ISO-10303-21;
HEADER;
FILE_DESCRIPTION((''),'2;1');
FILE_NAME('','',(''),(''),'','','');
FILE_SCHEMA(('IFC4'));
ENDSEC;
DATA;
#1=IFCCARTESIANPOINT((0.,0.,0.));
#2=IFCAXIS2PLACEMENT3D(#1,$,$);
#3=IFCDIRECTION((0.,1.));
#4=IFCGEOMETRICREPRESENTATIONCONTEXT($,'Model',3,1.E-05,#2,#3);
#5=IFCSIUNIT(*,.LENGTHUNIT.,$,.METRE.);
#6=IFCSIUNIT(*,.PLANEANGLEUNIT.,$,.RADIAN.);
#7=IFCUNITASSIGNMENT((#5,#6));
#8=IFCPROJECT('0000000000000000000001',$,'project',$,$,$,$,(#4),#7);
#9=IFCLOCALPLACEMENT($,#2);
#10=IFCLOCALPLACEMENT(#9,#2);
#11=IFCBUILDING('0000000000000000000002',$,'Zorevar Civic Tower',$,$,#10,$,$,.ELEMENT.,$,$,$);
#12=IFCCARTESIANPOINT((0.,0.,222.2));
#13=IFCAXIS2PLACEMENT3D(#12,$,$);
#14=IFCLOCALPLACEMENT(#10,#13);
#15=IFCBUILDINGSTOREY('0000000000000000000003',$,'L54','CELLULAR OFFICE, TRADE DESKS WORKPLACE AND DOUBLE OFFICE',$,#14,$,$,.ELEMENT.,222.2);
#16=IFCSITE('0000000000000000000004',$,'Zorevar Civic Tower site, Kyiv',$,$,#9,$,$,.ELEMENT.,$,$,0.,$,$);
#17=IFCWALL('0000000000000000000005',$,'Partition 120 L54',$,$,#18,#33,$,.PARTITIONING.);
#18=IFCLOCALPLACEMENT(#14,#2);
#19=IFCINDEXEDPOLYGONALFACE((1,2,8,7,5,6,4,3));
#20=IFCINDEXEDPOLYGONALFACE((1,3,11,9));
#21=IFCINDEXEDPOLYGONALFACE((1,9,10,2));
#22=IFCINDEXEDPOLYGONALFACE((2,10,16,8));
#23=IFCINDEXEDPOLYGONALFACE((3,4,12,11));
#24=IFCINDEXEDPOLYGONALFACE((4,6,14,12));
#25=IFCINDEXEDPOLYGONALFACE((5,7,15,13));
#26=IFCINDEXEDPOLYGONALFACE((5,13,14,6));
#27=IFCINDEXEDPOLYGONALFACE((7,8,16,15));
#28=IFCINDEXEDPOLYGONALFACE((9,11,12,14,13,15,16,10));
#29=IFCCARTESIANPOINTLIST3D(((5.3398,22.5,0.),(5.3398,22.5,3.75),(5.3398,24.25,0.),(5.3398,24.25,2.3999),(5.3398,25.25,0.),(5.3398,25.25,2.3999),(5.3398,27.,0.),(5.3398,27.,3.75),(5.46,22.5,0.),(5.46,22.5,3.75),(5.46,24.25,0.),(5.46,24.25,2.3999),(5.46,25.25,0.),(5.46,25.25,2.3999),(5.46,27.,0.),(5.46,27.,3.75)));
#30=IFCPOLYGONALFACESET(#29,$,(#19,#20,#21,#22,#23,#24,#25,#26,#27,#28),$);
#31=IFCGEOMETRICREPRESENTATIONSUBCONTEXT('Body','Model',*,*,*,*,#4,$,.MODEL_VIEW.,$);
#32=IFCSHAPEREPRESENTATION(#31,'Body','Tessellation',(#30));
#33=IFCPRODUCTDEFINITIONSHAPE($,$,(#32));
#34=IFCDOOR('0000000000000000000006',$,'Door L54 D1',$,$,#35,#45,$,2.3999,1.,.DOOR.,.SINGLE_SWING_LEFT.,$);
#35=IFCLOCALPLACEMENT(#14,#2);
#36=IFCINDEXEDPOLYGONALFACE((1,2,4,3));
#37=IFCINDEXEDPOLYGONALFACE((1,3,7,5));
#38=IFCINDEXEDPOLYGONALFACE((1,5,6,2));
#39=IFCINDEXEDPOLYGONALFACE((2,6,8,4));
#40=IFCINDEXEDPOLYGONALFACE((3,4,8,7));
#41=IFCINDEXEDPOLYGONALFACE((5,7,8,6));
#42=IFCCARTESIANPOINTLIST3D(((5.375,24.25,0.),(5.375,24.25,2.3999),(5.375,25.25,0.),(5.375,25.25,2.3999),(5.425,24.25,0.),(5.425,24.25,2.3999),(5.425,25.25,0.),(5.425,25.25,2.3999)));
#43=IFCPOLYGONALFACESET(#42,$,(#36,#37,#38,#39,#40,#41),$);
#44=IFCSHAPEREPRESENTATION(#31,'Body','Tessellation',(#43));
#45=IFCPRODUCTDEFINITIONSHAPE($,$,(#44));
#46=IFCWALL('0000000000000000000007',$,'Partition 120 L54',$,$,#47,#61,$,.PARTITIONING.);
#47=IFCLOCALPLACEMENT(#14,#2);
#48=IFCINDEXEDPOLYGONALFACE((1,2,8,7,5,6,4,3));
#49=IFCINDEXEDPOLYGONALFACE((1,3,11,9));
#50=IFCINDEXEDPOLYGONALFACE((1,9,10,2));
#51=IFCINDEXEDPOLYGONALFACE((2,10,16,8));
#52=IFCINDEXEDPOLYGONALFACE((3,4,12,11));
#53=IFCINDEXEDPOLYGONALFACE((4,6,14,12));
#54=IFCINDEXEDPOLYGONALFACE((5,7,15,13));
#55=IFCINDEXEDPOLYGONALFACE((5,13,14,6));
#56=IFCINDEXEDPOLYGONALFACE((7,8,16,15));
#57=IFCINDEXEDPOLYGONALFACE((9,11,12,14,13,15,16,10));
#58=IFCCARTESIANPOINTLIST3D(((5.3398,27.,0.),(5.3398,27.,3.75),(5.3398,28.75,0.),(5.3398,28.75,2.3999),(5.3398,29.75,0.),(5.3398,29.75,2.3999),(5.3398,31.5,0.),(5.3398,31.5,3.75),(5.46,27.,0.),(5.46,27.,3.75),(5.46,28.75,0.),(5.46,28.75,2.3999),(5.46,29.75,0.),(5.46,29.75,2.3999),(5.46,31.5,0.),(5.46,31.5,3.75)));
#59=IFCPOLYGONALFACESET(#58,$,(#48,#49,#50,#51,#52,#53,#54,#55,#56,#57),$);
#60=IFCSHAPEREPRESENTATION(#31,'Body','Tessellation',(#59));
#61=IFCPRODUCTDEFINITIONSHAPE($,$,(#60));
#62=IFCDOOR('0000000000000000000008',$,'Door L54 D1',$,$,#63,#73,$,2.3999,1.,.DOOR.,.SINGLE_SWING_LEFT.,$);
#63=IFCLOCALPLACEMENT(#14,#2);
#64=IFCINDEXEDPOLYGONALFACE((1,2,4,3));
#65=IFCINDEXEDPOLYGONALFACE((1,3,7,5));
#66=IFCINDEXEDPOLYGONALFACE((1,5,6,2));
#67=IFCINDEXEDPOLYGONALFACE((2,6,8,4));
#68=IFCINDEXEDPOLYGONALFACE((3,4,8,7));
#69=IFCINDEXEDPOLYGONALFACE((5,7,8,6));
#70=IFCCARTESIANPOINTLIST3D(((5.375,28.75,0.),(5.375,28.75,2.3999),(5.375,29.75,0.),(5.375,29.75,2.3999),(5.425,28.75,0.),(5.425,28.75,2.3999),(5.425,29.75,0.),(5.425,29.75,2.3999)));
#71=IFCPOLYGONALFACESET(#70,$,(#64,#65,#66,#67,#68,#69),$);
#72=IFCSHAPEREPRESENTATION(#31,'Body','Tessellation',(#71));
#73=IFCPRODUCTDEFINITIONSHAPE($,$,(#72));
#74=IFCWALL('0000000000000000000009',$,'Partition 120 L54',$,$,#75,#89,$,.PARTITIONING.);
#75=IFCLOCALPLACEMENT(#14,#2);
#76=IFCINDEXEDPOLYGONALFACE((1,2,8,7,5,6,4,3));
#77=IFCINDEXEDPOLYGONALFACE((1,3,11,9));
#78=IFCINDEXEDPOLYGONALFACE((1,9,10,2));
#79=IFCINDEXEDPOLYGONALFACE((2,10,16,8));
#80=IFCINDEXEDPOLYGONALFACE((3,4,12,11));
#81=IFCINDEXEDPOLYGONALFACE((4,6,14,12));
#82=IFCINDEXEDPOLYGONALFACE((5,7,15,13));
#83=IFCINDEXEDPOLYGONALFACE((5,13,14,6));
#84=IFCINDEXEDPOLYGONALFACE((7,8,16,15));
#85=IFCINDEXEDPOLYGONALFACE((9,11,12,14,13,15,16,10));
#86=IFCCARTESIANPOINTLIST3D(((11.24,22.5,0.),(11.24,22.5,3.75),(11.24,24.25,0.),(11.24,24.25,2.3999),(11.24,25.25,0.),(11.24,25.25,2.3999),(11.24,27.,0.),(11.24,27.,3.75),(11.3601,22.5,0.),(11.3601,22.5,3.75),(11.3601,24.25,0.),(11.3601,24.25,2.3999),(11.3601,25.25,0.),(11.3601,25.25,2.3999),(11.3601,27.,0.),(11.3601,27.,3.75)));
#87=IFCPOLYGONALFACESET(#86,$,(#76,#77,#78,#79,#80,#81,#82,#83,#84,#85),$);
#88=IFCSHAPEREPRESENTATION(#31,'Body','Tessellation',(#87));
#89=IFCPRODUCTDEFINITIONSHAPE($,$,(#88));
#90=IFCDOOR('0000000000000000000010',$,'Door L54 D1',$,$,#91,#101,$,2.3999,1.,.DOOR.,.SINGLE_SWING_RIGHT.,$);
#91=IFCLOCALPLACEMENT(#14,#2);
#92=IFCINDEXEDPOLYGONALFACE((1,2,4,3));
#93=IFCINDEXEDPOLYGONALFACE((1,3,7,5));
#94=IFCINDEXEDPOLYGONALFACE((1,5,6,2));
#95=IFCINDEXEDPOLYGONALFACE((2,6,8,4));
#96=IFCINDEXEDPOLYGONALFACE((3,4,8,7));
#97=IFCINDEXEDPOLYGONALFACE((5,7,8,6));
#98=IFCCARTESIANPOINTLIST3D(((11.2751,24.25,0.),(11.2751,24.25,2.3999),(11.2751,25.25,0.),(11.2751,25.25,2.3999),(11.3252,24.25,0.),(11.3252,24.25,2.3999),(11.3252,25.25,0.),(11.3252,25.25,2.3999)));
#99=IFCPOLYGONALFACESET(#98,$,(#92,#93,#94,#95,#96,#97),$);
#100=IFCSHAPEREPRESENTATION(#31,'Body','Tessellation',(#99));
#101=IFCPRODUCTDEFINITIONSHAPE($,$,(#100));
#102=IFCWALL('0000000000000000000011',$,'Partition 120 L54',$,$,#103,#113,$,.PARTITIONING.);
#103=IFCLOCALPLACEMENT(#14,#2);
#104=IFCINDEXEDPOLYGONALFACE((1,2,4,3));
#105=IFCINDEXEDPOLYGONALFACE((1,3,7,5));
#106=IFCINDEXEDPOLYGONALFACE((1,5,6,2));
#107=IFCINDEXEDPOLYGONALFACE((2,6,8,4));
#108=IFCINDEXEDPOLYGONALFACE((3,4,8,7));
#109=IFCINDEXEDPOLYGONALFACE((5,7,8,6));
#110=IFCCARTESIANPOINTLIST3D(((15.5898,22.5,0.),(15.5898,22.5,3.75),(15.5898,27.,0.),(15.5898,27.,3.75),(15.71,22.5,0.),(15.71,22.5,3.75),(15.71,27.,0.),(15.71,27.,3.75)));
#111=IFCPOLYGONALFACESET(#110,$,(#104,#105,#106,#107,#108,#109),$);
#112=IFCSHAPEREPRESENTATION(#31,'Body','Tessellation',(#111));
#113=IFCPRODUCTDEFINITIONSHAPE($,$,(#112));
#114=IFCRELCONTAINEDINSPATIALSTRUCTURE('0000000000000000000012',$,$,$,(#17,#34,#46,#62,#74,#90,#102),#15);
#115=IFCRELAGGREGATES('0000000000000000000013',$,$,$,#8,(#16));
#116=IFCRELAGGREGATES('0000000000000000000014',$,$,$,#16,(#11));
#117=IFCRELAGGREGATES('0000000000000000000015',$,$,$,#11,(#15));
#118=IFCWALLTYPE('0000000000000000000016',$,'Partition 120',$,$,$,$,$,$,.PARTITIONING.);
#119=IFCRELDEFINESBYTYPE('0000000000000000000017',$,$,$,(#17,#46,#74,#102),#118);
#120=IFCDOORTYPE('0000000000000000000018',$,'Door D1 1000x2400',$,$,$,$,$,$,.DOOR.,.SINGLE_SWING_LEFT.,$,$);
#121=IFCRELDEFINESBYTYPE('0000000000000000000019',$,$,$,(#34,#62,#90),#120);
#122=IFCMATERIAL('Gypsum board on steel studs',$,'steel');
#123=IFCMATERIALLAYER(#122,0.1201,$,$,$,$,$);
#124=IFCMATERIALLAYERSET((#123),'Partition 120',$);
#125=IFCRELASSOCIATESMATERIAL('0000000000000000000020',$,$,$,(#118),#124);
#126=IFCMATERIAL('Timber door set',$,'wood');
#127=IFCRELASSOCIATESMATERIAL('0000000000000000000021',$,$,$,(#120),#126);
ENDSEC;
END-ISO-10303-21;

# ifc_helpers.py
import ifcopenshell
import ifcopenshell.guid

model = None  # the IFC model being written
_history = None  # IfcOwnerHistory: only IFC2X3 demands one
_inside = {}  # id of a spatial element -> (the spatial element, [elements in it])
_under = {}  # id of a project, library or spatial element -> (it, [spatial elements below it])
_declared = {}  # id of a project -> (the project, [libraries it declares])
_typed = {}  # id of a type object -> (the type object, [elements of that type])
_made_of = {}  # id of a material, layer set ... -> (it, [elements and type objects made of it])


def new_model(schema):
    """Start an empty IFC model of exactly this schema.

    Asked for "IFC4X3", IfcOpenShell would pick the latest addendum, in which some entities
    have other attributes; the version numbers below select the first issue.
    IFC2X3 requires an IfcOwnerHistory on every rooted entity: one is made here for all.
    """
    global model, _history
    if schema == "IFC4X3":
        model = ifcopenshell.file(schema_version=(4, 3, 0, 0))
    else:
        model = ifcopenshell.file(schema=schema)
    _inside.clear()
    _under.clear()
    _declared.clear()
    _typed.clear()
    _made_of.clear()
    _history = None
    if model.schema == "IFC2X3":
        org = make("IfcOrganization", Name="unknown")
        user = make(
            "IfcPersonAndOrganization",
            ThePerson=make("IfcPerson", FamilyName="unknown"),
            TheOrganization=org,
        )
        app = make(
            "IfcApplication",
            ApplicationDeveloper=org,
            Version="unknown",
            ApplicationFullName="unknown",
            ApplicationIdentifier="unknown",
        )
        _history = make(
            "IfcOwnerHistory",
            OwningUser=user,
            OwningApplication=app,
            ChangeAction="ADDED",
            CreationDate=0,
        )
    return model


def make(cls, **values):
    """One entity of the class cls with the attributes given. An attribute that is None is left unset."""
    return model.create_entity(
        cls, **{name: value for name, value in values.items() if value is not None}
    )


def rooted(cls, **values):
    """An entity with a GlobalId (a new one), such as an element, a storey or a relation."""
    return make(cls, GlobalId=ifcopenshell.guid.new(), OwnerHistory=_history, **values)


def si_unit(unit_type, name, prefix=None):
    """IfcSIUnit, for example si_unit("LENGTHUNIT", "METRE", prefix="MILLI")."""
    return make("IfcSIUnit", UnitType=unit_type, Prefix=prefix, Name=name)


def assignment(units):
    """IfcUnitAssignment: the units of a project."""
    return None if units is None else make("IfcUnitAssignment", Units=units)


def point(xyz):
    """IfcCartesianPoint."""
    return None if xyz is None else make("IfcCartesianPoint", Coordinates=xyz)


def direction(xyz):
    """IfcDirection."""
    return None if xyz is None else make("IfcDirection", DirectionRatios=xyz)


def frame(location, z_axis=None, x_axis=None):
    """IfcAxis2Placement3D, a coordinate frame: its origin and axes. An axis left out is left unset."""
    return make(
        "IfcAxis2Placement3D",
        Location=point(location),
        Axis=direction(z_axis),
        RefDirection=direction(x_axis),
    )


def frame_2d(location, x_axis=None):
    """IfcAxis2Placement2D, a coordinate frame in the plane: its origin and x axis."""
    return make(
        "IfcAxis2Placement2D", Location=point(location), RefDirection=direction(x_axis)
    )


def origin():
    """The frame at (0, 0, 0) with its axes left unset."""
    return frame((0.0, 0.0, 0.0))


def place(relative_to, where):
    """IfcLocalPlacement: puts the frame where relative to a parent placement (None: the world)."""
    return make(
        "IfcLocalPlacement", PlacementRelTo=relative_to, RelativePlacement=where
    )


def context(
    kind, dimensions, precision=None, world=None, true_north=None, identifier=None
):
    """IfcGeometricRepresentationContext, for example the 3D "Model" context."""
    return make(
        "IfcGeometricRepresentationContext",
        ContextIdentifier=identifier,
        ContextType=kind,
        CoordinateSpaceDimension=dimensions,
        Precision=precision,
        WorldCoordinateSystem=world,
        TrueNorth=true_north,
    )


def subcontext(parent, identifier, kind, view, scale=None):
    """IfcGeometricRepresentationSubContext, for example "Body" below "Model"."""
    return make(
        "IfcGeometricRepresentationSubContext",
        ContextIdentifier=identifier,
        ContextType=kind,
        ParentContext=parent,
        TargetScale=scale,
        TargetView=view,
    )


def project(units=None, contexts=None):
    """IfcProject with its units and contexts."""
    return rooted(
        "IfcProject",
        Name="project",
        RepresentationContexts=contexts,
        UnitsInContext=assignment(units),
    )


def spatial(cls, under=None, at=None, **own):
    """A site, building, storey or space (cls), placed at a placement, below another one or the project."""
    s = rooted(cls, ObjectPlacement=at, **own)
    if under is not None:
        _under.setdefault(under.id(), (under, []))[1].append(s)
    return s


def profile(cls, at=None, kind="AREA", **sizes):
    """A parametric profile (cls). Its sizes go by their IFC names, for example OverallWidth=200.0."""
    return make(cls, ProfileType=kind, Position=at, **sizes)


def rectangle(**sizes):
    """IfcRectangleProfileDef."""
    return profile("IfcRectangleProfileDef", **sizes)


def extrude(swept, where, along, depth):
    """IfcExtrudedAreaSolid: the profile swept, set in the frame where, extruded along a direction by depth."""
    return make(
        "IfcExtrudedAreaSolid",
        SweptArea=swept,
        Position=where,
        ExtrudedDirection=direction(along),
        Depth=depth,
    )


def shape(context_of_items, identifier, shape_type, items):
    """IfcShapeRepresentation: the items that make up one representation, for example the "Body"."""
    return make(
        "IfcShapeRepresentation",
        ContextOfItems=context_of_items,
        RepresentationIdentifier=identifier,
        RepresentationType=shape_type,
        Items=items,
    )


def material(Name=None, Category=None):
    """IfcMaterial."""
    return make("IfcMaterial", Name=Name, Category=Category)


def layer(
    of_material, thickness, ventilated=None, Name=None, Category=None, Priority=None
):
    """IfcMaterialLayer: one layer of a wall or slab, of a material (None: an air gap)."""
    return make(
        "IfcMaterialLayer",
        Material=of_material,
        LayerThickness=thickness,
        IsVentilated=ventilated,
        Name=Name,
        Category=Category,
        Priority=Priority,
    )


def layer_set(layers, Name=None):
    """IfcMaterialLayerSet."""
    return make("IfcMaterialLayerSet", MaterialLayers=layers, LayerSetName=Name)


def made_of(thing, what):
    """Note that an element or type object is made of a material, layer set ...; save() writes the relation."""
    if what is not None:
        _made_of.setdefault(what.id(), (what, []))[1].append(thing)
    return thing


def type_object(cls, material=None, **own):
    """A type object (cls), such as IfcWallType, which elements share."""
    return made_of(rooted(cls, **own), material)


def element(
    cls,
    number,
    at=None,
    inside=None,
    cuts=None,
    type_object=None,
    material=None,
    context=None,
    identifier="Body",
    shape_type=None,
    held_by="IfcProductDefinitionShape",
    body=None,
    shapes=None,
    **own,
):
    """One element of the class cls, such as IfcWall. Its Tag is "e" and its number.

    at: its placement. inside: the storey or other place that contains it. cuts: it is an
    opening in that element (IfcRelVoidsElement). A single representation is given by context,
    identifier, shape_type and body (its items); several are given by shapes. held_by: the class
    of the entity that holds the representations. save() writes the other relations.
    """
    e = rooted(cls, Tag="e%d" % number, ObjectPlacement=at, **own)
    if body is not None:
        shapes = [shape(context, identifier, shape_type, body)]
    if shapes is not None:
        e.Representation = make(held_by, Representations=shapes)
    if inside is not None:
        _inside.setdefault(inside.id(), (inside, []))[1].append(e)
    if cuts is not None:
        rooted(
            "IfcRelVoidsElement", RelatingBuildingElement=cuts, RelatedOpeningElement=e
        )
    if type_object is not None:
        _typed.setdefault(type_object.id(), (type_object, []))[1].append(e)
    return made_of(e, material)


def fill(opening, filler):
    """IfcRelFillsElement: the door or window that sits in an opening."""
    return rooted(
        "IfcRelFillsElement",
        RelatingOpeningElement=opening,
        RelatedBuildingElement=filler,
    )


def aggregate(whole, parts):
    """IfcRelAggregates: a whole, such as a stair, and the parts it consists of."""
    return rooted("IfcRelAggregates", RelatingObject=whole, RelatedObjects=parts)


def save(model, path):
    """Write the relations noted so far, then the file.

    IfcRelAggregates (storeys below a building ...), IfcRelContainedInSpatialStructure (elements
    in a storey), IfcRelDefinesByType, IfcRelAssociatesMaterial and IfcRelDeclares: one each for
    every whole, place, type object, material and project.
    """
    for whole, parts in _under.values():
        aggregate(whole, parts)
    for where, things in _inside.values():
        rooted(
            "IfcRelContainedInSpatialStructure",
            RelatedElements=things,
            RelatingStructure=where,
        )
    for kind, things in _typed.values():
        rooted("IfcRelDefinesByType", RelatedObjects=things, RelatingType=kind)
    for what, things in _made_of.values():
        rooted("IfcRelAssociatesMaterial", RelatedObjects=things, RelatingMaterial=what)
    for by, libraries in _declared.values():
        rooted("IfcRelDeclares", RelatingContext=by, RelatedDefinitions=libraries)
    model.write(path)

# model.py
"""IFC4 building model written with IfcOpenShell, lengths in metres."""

from ifc_helpers import new_model, si_unit, direction, frame, frame_2d, origin, place, context, subcontext, project, spatial, rectangle, extrude, material, layer, layer_set, type_object, element, fill, save


model = new_model("IFC4")

# Units and contexts
model_context = context("Model", 3, precision=1e-05, world=origin(), true_north=direction((0.0, 1.0)))
body_context = subcontext(model_context, "Body", "Model", "MODEL_VIEW")
ifc_project = project(units=[si_unit("LENGTHUNIT", "METRE"), si_unit("PLANEANGLEUNIT", "RADIAN")], contexts=[model_context])

# Site, building, storey
site_placement = place(None, origin())
site = spatial("IfcSite", under=ifc_project, at=site_placement, Name="Zorevar Civic Tower site, Kyiv", CompositionType="ELEMENT", RefElevation=0.0)
building_placement = place(site_placement, origin())
building = spatial("IfcBuilding", under=site, at=building_placement, Name="Zorevar Civic Tower", CompositionType="ELEMENT")
storey_placement = place(building_placement, frame((0.0, 0.0, 222.2)))
storey = spatial("IfcBuildingStorey", under=building, at=storey_placement, Name="L54", Description="CELLULAR OFFICE, TRADE DESKS WORKPLACE AND DOUBLE OFFICE", CompositionType="ELEMENT", Elevation=222.2)

# Shared definitions
ifc_material_1 = material(Name="Gypsum board on steel studs", Category="steel")
ifc_layer_1 = layer(ifc_material_1, 0.1201)
ifc_layer_set_1 = layer_set([ifc_layer_1], Name="Partition 120")
wall_type_1 = type_object("IfcWallType", Name="Partition 120", PredefinedType="PARTITIONING", material=ifc_layer_set_1)

# Walls, openings, doors
wall_1_placement = place(storey_placement, frame((5.3999, 22.5, 0.0), z_axis=(0.0, 0.0, 1.0), x_axis=(0.0, 1.0, 0.0)))
wall_1 = element("IfcWall", 1, at=wall_1_placement, inside=storey, type_object=wall_type_1, Name="Partition 120 L54", PredefinedType="PARTITIONING", context=body_context, shape_type="SweptSolid", body=[
    extrude(rectangle(XDim=4.5, YDim=0.1201, at=frame_2d((2.25, 0.0))), origin(), (0.0, 0.0, 1.0), 3.75),
])
opening_1_placement = place(wall_1_placement, frame((1.75, 0.0, 0.0)))
opening_1 = element("IfcOpeningElement", 2, at=opening_1_placement, cuts=wall_1, PredefinedType="OPENING", context=body_context, shape_type="SweptSolid", body=[
    extrude(rectangle(XDim=1.0, YDim=2.3999, at=frame_2d((0.5, 1.2))), frame((0.0, 0.0701, 0.0), z_axis=(0.0, -1.0, 0.0), x_axis=(1.0, 0.0, 0.0)), (0.0, 0.0, 1.0), 0.1401),
])
ifc_material_2 = material(Name="Timber door set", Category="wood")
door_type_1 = type_object("IfcDoorType", Name="Door D1 1000x2400", OperationType="SINGLE_SWING_LEFT", PredefinedType="DOOR", material=ifc_material_2)
door_1_placement = place(opening_1_placement, origin())
door_1 = element("IfcDoor", 3, at=door_1_placement, inside=storey, type_object=door_type_1, Name="Door L54 D1", OperationType="SINGLE_SWING_LEFT", OverallHeight=2.3999, OverallWidth=1.0, PredefinedType="DOOR", context=body_context, shape_type="SweptSolid", body=[
    extrude(rectangle(XDim=1.0, YDim=2.3999, at=frame_2d((0.5, 1.2))), frame((0.0, 0.0249, 0.0), z_axis=(0.0, -1.0, 0.0), x_axis=(1.0, 0.0, 0.0)), (0.0, 0.0, 1.0), 0.05),
])
fill(opening_1, door_1)
wall_2_placement = place(storey_placement, frame((5.3999, 27.0, 0.0), z_axis=(0.0, 0.0, 1.0), x_axis=(0.0, 1.0, 0.0)))
wall_2 = element("IfcWall", 4, at=wall_2_placement, inside=storey, type_object=wall_type_1, Name="Partition 120 L54", PredefinedType="PARTITIONING", context=body_context, shape_type="SweptSolid", body=[
    extrude(rectangle(XDim=4.5, YDim=0.1201, at=frame_2d((2.25, 0.0))), origin(), (0.0, 0.0, 1.0), 3.75),
])
opening_2_placement = place(wall_2_placement, frame((1.75, 0.0, 0.0)))
opening_2 = element("IfcOpeningElement", 5, at=opening_2_placement, cuts=wall_2, PredefinedType="OPENING", context=body_context, shape_type="SweptSolid", body=[
    extrude(rectangle(XDim=1.0, YDim=2.3999, at=frame_2d((0.5, 1.2))), frame((0.0, 0.0701, 0.0), z_axis=(0.0, -1.0, 0.0), x_axis=(1.0, 0.0, 0.0)), (0.0, 0.0, 1.0), 0.1401),
])
door_2_placement = place(opening_2_placement, origin())
door_2 = element("IfcDoor", 6, at=door_2_placement, inside=storey, type_object=door_type_1, Name="Door L54 D1", OperationType="SINGLE_SWING_LEFT", OverallHeight=2.3999, OverallWidth=1.0, PredefinedType="DOOR", context=body_context, shape_type="SweptSolid", body=[
    extrude(rectangle(XDim=1.0, YDim=2.3999, at=frame_2d((0.5, 1.2))), frame((0.0, 0.0249, 0.0), z_axis=(0.0, -1.0, 0.0), x_axis=(1.0, 0.0, 0.0)), (0.0, 0.0, 1.0), 0.05),
])
fill(opening_2, door_2)
wall_3_placement = place(storey_placement, frame((11.3, 22.5, 0.0), z_axis=(0.0, 0.0, 1.0), x_axis=(0.0, 1.0, 0.0)))
wall_3 = element("IfcWall", 7, at=wall_3_placement, inside=storey, type_object=wall_type_1, Name="Partition 120 L54", PredefinedType="PARTITIONING", context=body_context, shape_type="SweptSolid", body=[
    extrude(rectangle(XDim=4.5, YDim=0.1201, at=frame_2d((2.25, 0.0))), origin(), (0.0, 0.0, 1.0), 3.75),
])
opening_3_placement = place(wall_3_placement, frame((1.75, 0.0, 0.0)))
opening_3 = element("IfcOpeningElement", 8, at=opening_3_placement, cuts=wall_3, PredefinedType="OPENING", context=body_context, shape_type="SweptSolid", body=[
    extrude(rectangle(XDim=1.0, YDim=2.3999, at=frame_2d((0.5, 1.2))), frame((0.0, 0.0701, 0.0), z_axis=(0.0, -1.0, 0.0), x_axis=(1.0, 0.0, 0.0)), (0.0, 0.0, 1.0), 0.1401),
])
door_3_placement = place(opening_3_placement, origin())
door_3 = element("IfcDoor", 9, at=door_3_placement, inside=storey, type_object=door_type_1, Name="Door L54 D1", OperationType="SINGLE_SWING_RIGHT", OverallHeight=2.3999, OverallWidth=1.0, PredefinedType="DOOR", context=body_context, shape_type="SweptSolid", body=[
    extrude(rectangle(XDim=1.0, YDim=2.3999, at=frame_2d((0.5, 1.2))), frame((0.0, 0.0249, 0.0), z_axis=(0.0, -1.0, 0.0), x_axis=(1.0, 0.0, 0.0)), (0.0, 0.0, 1.0), 0.05),
])
fill(opening_3, door_3)

# Wall
wall_4_placement = place(storey_placement, frame((15.6499, 22.5, 0.0), z_axis=(0.0, 0.0, 1.0), x_axis=(0.0, 1.0, 0.0)))
element("IfcWall", 10, at=wall_4_placement, inside=storey, type_object=wall_type_1, Name="Partition 120 L54", PredefinedType="PARTITIONING", context=body_context, shape_type="SweptSolid", body=[
    extrude(rectangle(XDim=4.5, YDim=0.1201, at=frame_2d((2.25, 0.0))), origin(), (0.0, 0.0, 1.0), 3.75),
])

save(model, "model.ifc")
